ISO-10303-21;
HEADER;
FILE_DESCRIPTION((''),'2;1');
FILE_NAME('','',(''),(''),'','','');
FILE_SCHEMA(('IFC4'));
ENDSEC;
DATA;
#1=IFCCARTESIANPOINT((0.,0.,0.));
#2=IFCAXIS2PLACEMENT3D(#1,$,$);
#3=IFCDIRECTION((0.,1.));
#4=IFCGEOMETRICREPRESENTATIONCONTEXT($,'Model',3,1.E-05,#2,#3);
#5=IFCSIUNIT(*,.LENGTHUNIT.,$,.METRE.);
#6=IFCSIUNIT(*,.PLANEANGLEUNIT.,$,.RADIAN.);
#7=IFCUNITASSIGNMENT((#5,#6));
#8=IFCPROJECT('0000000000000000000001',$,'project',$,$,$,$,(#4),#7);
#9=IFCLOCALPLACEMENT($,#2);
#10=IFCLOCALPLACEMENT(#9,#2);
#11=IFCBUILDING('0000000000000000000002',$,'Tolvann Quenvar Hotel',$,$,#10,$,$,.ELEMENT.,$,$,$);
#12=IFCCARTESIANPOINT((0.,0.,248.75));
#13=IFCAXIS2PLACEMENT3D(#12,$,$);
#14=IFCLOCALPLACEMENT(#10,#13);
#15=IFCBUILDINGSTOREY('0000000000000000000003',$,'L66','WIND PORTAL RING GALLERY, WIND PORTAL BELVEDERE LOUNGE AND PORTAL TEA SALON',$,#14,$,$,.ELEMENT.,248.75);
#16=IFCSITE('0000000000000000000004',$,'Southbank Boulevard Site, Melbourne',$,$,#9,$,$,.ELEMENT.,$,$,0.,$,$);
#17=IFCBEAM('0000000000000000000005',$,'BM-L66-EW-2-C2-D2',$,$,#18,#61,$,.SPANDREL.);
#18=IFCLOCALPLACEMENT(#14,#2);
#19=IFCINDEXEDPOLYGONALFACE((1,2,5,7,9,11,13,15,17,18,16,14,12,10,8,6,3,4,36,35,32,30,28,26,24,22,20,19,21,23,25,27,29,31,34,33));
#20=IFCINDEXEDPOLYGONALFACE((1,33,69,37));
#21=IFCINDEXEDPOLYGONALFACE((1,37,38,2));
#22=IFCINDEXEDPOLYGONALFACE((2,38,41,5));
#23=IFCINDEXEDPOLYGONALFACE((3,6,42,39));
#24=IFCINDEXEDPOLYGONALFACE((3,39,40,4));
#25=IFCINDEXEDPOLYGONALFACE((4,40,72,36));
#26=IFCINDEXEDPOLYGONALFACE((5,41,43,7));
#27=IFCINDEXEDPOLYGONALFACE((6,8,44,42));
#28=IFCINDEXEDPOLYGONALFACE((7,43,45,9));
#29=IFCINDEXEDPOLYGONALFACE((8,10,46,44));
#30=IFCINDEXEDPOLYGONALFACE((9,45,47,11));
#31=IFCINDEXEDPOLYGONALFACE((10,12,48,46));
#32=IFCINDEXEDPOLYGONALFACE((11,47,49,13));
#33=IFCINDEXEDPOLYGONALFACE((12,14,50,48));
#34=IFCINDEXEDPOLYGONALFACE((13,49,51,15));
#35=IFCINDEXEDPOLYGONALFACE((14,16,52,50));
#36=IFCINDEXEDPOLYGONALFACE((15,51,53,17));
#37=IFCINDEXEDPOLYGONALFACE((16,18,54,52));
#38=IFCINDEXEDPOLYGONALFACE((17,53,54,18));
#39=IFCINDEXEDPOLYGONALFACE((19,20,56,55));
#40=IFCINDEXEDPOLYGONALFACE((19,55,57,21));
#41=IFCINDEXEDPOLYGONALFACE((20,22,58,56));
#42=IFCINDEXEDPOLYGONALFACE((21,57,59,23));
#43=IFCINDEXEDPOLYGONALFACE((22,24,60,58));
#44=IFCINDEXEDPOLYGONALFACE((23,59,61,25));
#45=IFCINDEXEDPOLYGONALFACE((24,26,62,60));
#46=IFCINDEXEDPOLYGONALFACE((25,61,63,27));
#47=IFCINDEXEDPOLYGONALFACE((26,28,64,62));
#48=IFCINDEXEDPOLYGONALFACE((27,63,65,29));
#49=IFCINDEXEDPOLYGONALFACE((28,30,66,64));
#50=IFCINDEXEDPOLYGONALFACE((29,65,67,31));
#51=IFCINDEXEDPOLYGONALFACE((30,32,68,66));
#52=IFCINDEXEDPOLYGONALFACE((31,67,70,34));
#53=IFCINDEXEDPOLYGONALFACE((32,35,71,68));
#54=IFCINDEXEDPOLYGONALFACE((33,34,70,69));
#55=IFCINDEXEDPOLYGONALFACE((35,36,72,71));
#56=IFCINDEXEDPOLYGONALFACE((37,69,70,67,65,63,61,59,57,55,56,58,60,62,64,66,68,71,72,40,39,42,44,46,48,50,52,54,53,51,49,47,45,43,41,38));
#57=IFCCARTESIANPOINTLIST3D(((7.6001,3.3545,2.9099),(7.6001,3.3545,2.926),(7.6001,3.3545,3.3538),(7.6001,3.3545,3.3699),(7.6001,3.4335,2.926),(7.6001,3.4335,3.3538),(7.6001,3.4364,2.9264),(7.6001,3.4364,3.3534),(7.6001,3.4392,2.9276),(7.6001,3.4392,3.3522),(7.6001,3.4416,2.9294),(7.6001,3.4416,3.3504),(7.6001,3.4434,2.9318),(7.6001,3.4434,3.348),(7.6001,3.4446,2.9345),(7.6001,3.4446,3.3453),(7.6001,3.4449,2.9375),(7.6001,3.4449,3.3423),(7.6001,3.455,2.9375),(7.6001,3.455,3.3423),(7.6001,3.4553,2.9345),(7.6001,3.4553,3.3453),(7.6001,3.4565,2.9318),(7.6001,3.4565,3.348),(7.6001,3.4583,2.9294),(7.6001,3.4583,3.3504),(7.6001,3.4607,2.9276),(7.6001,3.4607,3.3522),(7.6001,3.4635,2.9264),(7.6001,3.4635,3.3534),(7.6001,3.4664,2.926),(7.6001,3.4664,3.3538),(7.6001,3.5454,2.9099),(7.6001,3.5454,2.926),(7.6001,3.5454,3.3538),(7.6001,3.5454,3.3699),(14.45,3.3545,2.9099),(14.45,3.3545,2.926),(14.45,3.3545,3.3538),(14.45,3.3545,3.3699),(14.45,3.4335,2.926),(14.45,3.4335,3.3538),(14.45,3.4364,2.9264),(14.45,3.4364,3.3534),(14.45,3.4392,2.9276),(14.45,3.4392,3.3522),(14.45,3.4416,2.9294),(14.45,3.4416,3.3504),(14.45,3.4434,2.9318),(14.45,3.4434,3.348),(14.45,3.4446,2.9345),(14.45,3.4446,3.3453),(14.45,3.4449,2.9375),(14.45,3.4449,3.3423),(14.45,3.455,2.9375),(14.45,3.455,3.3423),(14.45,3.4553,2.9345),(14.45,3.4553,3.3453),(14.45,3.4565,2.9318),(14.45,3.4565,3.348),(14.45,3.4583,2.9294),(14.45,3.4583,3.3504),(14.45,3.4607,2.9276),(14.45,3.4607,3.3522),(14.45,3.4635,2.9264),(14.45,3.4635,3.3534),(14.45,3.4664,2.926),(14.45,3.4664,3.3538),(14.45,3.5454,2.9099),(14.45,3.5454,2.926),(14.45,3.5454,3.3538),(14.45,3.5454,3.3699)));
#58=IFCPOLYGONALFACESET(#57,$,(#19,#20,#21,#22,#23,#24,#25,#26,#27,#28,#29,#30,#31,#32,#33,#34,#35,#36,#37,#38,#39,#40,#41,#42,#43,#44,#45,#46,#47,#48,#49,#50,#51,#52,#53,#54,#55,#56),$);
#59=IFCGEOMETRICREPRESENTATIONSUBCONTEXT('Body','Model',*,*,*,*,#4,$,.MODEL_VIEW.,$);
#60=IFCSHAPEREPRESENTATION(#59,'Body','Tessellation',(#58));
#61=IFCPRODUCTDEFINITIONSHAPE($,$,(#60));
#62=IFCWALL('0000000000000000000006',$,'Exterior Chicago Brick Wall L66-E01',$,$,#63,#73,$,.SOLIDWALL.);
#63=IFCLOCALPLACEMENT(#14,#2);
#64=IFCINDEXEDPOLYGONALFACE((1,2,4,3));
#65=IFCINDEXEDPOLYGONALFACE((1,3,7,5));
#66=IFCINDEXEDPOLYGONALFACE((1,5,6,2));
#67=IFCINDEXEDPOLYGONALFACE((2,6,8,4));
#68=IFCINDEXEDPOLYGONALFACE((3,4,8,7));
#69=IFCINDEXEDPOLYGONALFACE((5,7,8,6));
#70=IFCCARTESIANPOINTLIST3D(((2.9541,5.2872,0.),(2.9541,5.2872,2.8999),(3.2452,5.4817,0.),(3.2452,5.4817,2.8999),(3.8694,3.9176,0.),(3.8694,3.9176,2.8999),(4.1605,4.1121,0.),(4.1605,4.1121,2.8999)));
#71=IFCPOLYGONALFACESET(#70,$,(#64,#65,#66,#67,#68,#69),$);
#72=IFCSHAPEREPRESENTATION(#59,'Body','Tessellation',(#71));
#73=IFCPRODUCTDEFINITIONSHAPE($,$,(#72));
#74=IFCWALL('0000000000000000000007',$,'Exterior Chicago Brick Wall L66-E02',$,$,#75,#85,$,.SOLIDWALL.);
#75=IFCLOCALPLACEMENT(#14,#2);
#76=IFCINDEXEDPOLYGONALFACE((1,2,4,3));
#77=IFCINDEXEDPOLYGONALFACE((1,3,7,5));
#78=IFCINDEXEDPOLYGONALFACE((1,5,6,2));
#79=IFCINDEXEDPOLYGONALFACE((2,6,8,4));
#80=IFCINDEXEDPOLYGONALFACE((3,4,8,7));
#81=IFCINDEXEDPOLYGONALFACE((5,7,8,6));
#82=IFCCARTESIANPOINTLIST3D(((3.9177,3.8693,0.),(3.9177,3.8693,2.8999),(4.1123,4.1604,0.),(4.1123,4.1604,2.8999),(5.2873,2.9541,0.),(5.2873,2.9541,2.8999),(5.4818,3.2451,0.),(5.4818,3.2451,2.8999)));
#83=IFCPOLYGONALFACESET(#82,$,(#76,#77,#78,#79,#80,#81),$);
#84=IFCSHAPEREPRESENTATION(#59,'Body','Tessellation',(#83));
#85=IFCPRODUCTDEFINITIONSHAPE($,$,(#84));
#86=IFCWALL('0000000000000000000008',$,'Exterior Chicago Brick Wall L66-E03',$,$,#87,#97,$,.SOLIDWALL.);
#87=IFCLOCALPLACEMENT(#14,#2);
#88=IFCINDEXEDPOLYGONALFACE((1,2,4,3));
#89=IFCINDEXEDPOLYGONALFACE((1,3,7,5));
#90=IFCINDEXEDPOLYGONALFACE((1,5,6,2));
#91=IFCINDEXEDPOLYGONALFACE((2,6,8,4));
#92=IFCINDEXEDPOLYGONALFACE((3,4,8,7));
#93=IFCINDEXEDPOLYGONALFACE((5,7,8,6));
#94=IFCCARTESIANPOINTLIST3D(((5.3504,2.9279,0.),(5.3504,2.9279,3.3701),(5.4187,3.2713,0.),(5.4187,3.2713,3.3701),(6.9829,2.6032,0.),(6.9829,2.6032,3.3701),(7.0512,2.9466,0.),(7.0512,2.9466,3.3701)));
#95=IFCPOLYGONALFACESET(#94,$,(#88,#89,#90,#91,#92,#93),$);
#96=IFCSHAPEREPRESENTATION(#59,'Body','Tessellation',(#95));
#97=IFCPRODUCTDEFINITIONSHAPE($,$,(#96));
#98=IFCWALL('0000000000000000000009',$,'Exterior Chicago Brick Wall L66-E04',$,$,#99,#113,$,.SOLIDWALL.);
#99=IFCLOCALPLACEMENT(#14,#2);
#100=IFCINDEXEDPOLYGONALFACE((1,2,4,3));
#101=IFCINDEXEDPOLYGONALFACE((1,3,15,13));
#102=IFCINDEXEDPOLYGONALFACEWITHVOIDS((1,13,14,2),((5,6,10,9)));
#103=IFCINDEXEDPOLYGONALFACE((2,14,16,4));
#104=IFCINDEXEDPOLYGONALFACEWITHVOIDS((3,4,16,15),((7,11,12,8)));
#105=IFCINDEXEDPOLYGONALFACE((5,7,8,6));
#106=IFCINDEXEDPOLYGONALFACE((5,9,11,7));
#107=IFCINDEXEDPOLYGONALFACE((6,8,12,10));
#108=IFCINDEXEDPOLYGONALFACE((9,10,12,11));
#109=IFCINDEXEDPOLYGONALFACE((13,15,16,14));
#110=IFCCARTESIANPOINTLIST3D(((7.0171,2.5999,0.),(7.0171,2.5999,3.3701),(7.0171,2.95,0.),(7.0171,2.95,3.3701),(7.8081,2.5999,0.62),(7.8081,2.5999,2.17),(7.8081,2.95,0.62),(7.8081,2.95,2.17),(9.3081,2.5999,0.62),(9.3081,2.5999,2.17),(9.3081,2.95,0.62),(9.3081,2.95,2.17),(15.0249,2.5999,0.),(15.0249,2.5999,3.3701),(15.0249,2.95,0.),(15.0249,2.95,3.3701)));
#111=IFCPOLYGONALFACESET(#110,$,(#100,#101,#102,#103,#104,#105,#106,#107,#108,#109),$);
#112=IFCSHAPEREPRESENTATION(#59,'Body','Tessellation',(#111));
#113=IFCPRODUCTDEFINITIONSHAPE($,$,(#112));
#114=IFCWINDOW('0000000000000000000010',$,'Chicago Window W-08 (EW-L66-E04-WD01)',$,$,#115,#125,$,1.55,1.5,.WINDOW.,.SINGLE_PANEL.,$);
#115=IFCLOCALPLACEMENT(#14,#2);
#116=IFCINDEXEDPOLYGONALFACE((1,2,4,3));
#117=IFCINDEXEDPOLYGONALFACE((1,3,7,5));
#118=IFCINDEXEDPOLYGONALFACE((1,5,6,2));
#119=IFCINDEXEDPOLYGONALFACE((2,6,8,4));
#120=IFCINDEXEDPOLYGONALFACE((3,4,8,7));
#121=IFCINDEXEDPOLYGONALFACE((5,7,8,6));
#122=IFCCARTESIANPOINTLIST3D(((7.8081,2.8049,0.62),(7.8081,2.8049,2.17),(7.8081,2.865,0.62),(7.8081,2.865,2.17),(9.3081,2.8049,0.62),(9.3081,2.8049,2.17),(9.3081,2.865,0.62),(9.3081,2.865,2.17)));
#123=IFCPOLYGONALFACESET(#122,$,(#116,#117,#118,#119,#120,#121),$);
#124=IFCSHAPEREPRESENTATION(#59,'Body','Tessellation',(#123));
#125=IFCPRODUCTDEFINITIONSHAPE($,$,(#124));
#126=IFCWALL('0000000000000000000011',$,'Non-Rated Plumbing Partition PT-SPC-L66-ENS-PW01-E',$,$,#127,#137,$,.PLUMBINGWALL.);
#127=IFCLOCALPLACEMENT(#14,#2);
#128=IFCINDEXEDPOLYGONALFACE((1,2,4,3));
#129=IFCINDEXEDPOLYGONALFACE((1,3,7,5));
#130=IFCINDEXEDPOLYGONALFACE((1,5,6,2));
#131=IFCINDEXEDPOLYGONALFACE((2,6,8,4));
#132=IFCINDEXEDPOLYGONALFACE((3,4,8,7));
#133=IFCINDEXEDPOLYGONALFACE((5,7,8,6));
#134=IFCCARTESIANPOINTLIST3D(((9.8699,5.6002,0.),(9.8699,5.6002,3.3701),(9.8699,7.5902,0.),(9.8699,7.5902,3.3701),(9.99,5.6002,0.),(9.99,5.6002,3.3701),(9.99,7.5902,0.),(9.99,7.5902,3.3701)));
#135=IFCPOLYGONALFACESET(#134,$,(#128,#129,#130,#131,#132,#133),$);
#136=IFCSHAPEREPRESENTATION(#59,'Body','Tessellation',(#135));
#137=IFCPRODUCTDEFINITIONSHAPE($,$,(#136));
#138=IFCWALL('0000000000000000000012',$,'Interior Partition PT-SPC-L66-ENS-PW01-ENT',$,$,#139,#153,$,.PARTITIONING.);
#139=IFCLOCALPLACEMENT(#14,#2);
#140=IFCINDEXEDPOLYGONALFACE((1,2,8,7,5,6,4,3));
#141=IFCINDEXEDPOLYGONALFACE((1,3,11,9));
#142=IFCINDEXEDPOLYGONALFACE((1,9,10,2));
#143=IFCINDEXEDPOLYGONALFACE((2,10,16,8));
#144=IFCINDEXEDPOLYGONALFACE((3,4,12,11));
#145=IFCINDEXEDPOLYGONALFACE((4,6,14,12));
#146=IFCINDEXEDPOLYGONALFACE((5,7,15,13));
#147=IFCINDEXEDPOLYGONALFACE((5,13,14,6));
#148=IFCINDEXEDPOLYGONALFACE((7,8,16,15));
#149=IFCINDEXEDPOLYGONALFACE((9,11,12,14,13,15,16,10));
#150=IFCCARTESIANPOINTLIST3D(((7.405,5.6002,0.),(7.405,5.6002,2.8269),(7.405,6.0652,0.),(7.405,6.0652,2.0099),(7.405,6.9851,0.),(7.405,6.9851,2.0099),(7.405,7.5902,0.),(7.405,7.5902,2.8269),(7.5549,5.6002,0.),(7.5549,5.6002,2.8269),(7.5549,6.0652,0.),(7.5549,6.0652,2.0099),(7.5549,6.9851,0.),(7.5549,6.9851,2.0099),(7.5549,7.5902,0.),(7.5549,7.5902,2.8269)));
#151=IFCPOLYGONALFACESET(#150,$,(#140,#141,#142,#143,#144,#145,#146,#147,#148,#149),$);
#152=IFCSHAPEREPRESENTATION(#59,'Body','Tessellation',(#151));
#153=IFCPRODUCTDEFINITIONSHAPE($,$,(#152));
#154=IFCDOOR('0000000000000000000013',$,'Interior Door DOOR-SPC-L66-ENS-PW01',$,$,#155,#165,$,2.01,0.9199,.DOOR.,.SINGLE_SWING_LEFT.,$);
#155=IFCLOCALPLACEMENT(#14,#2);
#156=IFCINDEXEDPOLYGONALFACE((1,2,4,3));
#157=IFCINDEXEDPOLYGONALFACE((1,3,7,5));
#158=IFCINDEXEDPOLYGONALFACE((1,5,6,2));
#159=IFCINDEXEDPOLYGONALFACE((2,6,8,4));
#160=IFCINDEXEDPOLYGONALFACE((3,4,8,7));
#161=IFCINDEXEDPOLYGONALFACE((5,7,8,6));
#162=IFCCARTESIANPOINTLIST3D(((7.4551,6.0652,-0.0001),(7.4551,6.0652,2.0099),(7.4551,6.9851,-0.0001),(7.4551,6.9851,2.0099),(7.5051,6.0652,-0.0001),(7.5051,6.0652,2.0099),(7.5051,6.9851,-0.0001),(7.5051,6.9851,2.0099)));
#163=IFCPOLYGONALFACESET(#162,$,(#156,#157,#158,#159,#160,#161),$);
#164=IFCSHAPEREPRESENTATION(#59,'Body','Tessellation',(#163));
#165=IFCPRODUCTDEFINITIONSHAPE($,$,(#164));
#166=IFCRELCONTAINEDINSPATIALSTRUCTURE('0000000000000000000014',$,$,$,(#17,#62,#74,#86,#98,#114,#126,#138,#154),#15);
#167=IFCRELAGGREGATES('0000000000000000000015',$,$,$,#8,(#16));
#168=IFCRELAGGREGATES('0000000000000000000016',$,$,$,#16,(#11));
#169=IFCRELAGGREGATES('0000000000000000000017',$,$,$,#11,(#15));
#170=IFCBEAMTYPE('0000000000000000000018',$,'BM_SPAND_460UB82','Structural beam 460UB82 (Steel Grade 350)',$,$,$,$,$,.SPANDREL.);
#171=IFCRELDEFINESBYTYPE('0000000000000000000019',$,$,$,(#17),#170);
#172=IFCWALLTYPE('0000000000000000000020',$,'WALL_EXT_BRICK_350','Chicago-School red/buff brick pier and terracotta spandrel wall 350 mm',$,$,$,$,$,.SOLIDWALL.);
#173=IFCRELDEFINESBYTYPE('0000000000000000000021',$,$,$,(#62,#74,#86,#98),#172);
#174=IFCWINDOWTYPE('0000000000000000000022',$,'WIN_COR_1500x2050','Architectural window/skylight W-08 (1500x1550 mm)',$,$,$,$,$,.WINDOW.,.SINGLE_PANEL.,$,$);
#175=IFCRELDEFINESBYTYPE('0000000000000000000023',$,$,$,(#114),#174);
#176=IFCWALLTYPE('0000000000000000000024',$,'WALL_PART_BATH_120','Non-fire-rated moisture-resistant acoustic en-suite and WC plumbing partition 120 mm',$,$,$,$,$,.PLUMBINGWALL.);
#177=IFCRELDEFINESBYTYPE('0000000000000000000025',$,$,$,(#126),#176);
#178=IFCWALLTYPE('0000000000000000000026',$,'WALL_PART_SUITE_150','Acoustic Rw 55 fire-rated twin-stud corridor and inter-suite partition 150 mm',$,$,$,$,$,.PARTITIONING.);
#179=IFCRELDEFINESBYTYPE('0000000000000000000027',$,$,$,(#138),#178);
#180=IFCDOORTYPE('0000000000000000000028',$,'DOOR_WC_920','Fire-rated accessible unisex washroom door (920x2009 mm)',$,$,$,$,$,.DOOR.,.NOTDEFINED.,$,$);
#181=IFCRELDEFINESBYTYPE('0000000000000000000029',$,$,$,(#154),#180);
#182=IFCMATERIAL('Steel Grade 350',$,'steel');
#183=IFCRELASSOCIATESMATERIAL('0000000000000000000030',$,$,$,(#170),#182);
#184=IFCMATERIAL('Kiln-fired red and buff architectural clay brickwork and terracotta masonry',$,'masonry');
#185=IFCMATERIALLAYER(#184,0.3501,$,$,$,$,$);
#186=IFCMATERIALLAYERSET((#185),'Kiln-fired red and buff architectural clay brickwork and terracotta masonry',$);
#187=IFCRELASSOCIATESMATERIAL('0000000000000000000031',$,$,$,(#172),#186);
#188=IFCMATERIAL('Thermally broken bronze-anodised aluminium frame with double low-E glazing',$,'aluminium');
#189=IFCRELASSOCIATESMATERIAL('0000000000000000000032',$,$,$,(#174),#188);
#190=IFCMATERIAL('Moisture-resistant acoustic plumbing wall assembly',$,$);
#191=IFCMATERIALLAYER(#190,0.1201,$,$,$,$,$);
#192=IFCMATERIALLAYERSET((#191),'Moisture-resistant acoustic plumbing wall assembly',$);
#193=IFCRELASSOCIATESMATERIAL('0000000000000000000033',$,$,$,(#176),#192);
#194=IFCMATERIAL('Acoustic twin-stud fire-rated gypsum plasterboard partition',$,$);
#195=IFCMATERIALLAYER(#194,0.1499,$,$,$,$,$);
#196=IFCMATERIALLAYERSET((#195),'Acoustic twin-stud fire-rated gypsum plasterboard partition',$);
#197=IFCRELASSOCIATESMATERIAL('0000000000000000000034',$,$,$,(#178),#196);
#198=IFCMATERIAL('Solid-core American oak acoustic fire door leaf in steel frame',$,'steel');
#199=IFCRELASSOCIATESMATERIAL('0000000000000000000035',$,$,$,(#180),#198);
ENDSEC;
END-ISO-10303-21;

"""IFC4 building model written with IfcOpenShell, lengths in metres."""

from ifc_helpers import new_model, si_unit, direction, frame, frame_2d, origin, origin_2d, place, context, subcontext, project, spatial, rectangle, i_section, extrude, source, transform, mapped, material, layer, layer_set, material_profile, profile_set, type_object, type_shapes, element, fill, save


model = new_model("IFC4")

# Units and contexts
model_context = context("Model", 3, precision=1e-05, world=origin(), true_north=direction((0.0, 1.0)))
body_context = subcontext(model_context, "Body", "Model", "MODEL_VIEW")
ifc_project = project(units=[si_unit("LENGTHUNIT", "METRE"), si_unit("PLANEANGLEUNIT", "RADIAN")], contexts=[model_context])

# Site, building, storey
site_placement = place(None, origin())
site = spatial("IfcSite", under=ifc_project, at=site_placement, Name="Southbank Boulevard Site, Melbourne", CompositionType="ELEMENT", RefElevation=0.0)
building_placement = place(site_placement, origin())
building = spatial("IfcBuilding", under=site, at=building_placement, Name="Tolvann Quenvar Hotel", CompositionType="ELEMENT")
storey_placement = place(building_placement, frame((0.0, 0.0, 248.75)))
storey = spatial("IfcBuildingStorey", under=building, at=storey_placement, Name="L66", Description="WIND PORTAL RING GALLERY, WIND PORTAL BELVEDERE LOUNGE AND PORTAL TEA SALON", CompositionType="ELEMENT", Elevation=248.75)

# Shared definitions
ifc_material_1 = material(Name="Steel Grade 350", Category="steel")

# Beam
ifc_material_profile_1 = material_profile(ifc_material_1, i_section(OverallWidth=0.1909, OverallDepth=0.46, WebThickness=0.01, FlangeThickness=0.0161, FilletRadius=0.0115, at=origin_2d()), Name="460UB82")
ifc_profile_set_1 = profile_set([ifc_material_profile_1], Name="Steel Grade 350")
beam_type_1 = type_object("IfcBeamType", Name="BM_SPAND_460UB82", Description="Structural beam 460UB82 (Steel Grade 350)", PredefinedType="SPANDREL", material=ifc_profile_set_1)
shared_shape_1 = source(origin(), body_context, "Body", "SweptSolid", [
    extrude(i_section(OverallWidth=0.1909, OverallDepth=0.46, WebThickness=0.01, FlangeThickness=0.0161, FilletRadius=0.0115, at=origin_2d()), origin(), (0.0, 0.0, 1.0), 6.8499),
])
beam_1_placement = place(storey_placement, frame((7.6001, 3.45, 3.1399), z_axis=(1.0, 0.0, 0.0), x_axis=(0.0, 1.0, 0.0)))
element("IfcBeam", 1, at=beam_1_placement, inside=storey, type_object=beam_type_1, Name="BM-L66-EW-2-C2-D2", PredefinedType="SPANDREL", context=body_context, shape_type="MappedRepresentation", body=[
    mapped(shared_shape_1, transform((0.0, 0.0, 0.0), x_axis=(1.0, 0.0, 0.0), y_axis=(0.0, 1.0, 0.0), z_axis=(0.0, 0.0, 1.0), scale=1.0)),
])

# Walls
ifc_material_2 = material(Name="Kiln-fired red and buff architectural clay brickwork and terracotta masonry", Category="masonry")
ifc_layer_1 = layer(ifc_material_2, 0.3501)
ifc_layer_set_1 = layer_set([ifc_layer_1], Name="Kiln-fired red and buff architectural clay brickwork and terracotta masonry")
wall_type_1 = type_object("IfcWallType", Name="WALL_EXT_BRICK_350", Description="Chicago-School red/buff brick pier and terracotta spandrel wall 350 mm", PredefinedType="SOLIDWALL", material=ifc_layer_set_1)
for number, where, z_axis, x_axis, name in (
    (2, (3.0996, 5.3845, 0.0), (0.0, 0.0, 1.0), (0.555623, -0.831434, 0.0), "Exterior Chicago Brick Wall L66-E01"),
    (3, (4.0149, 4.0149, 0.0), (0.0, 0.0, 1.0), (0.831434, -0.555623, 0.0), "Exterior Chicago Brick Wall L66-E02"),
):
    element("IfcWall", number, at=place(storey_placement, frame(where, z_axis=z_axis, x_axis=x_axis)), inside=storey, type_object=wall_type_1, Name=name, PredefinedType="SOLIDWALL", context=body_context, shape_type="SweptSolid", body=[
        extrude(rectangle(XDim=1.6472, YDim=0.3501, at=frame_2d((0.8237, 0.0))), origin(), (0.0, 0.0, 1.0), 2.8999),
    ])
wall_1_placement = place(storey_placement, frame((5.3845, 3.0996, 0.0), z_axis=(0.0, 0.0, 1.0), x_axis=(0.980789, -0.195072, 0.0)))
element("IfcWall", 4, at=wall_1_placement, inside=storey, type_object=wall_type_1, Name="Exterior Chicago Brick Wall L66-E03", PredefinedType="SOLIDWALL", context=body_context, shape_type="SweptSolid", body=[
    extrude(rectangle(XDim=1.6646, YDim=0.3501, at=frame_2d((0.8323, 0.0))), origin(), (0.0, 0.0, 1.0), 3.3701),
])

# Wall, opening, window
wall_2_placement = place(storey_placement, frame((7.0171, 2.7749, 0.0), z_axis=(0.0, 0.0, 1.0), x_axis=(1.0, 0.0, 0.0)))
wall_2 = element("IfcWall", 5, at=wall_2_placement, inside=storey, type_object=wall_type_1, Name="Exterior Chicago Brick Wall L66-E04", PredefinedType="SOLIDWALL", context=body_context, shape_type="SweptSolid", body=[
    extrude(rectangle(XDim=8.0078, YDim=0.3501, at=frame_2d((4.0039, 0.0))), origin(), (0.0, 0.0, 1.0), 3.3701),
])
opening_1_placement = place(wall_2_placement, frame((0.791, 0.0, 0.6201)))
opening_1 = element("IfcOpeningElement", 6, at=opening_1_placement, cuts=wall_2, PredefinedType="OPENING", context=body_context, shape_type="SweptSolid", body=[
    extrude(rectangle(XDim=1.5, YDim=1.55, at=frame_2d((0.75, 0.7749))), frame((0.0, 0.1851, 0.0), z_axis=(0.0, -1.0, 0.0), x_axis=(1.0, 0.0, 0.0)), (0.0, 0.0, 1.0), 0.3701),
])
ifc_material_3 = material(Name="Thermally broken bronze-anodised aluminium frame with double low-E glazing", Category="aluminium")
window_type = type_object("IfcWindowType", Name="WIN_COR_1500x2050", Description="Architectural window/skylight W-08 (1500x1550 mm)", PartitioningType="SINGLE_PANEL", PredefinedType="WINDOW", material=ifc_material_3)
shared_shape_2 = source(origin(), body_context, "Body", "SweptSolid", [
    extrude(rectangle(XDim=1.5, YDim=1.55, at=frame_2d((0.75, 0.7749))), frame((0.0, 0.0901, 0.0), z_axis=(0.0, -1.0, 0.0), x_axis=(1.0, 0.0, 0.0)), (0.0, 0.0, 1.0), 0.0601),
])
type_shapes(window_type, [shared_shape_2])
window_placement = place(opening_1_placement, origin())
window = element("IfcWindow", 7, at=window_placement, inside=storey, type_object=window_type, Name="Chicago Window W-08 (EW-L66-E04-WD01)", OverallHeight=1.55, OverallWidth=1.5, PartitioningType="SINGLE_PANEL", PredefinedType="WINDOW", context=body_context, shape_type="MappedRepresentation", body=[
    mapped(shared_shape_2, transform((0.0, 0.0, 0.0), x_axis=(1.0, 0.0, 0.0), y_axis=(0.0, 1.0, 0.0), z_axis=(0.0, 0.0, 1.0), scale=1.0)),
])
fill(opening_1, window)

# Wall
ifc_material_4 = material(Name="Moisture-resistant acoustic plumbing wall assembly")
ifc_layer_2 = layer(ifc_material_4, 0.1201)
ifc_layer_set_2 = layer_set([ifc_layer_2], Name="Moisture-resistant acoustic plumbing wall assembly")
wall_type_2 = type_object("IfcWallType", Name="WALL_PART_BATH_120", Description="Non-fire-rated moisture-resistant acoustic en-suite and WC plumbing partition 120 mm", PredefinedType="PLUMBINGWALL", material=ifc_layer_set_2)
wall_3_placement = place(storey_placement, frame((9.9299, 5.6001, 0.0), z_axis=(0.0, 0.0, 1.0), x_axis=(0.0, 1.0, 0.0)))
element("IfcWall", 8, at=wall_3_placement, inside=storey, type_object=wall_type_2, Name="Non-Rated Plumbing Partition PT-SPC-L66-ENS-PW01-E", PredefinedType="PLUMBINGWALL", context=body_context, shape_type="SweptSolid", body=[
    extrude(rectangle(XDim=1.99, YDim=0.1201, at=frame_2d((0.9951, 0.0))), origin(), (0.0, 0.0, 1.0), 3.3701),
])

# Wall, opening, door
ifc_material_5 = material(Name="Acoustic twin-stud fire-rated gypsum plasterboard partition")
ifc_layer_3 = layer(ifc_material_5, 0.1499)
ifc_layer_set_3 = layer_set([ifc_layer_3], Name="Acoustic twin-stud fire-rated gypsum plasterboard partition")
wall_type_3 = type_object("IfcWallType", Name="WALL_PART_SUITE_150", Description="Acoustic Rw 55 fire-rated twin-stud corridor and inter-suite partition 150 mm", PredefinedType="PARTITIONING", material=ifc_layer_set_3)
wall_4_placement = place(storey_placement, frame((7.48, 5.6001, 0.0), z_axis=(0.0, 0.0, 1.0), x_axis=(0.0, 1.0, 0.0)))
wall_4 = element("IfcWall", 9, at=wall_4_placement, inside=storey, type_object=wall_type_3, Name="Interior Partition PT-SPC-L66-ENS-PW01-ENT", PredefinedType="PARTITIONING", context=body_context, shape_type="SweptSolid", body=[
    extrude(rectangle(XDim=1.99, YDim=0.1499, at=frame_2d((0.9951, 0.0))), origin(), (0.0, 0.0, 1.0), 2.8269),
])
opening_2_placement = place(wall_4_placement, frame((0.4651, 0.0, 0.0)))
opening_2 = element("IfcOpeningElement", 10, at=opening_2_placement, cuts=wall_4, PredefinedType="OPENING", context=body_context, shape_type="SweptSolid", body=[
    extrude(rectangle(XDim=0.9199, YDim=2.01, at=frame_2d((0.46, 1.0049))), frame((0.0, 0.085, 0.0), z_axis=(0.0, -1.0, 0.0), x_axis=(1.0, 0.0, 0.0)), (0.0, 0.0, 1.0), 0.1699),
])
ifc_material_6 = material(Name="Solid-core American oak acoustic fire door leaf in steel frame", Category="steel")
door_type_1 = type_object("IfcDoorType", Name="DOOR_WC_920", Description="Fire-rated accessible unisex washroom door (920x2009 mm)", OperationType="NOTDEFINED", PredefinedType="DOOR", material=ifc_material_6)
shared_shape_3 = source(origin(), body_context, "Body", "SweptSolid", [
    extrude(rectangle(XDim=0.9199, YDim=2.01, at=frame_2d((0.46, 1.0049))), frame((0.0, 0.0249, 0.0), z_axis=(0.0, -1.0, 0.0), x_axis=(1.0, 0.0, 0.0)), (0.0, 0.0, 1.0), 0.05),
])
type_shapes(door_type_1, [shared_shape_3])
door_1_placement = place(opening_2_placement, origin())
door_1 = element("IfcDoor", 11, at=door_1_placement, inside=storey, type_object=door_type_1, Name="Interior Door DOOR-SPC-L66-ENS-PW01", OperationType="SINGLE_SWING_LEFT", OverallHeight=2.01, OverallWidth=0.9199, PredefinedType="DOOR", context=body_context, shape_type="MappedRepresentation", body=[
    mapped(shared_shape_3, transform((0.0, 0.0, 0.0), x_axis=(1.0, 0.0, 0.0), y_axis=(0.0, 1.0, 0.0), z_axis=(0.0, 0.0, 1.0), scale=1.0)),
])
fill(opening_2, door_1)

save(model, "model.ifc")
